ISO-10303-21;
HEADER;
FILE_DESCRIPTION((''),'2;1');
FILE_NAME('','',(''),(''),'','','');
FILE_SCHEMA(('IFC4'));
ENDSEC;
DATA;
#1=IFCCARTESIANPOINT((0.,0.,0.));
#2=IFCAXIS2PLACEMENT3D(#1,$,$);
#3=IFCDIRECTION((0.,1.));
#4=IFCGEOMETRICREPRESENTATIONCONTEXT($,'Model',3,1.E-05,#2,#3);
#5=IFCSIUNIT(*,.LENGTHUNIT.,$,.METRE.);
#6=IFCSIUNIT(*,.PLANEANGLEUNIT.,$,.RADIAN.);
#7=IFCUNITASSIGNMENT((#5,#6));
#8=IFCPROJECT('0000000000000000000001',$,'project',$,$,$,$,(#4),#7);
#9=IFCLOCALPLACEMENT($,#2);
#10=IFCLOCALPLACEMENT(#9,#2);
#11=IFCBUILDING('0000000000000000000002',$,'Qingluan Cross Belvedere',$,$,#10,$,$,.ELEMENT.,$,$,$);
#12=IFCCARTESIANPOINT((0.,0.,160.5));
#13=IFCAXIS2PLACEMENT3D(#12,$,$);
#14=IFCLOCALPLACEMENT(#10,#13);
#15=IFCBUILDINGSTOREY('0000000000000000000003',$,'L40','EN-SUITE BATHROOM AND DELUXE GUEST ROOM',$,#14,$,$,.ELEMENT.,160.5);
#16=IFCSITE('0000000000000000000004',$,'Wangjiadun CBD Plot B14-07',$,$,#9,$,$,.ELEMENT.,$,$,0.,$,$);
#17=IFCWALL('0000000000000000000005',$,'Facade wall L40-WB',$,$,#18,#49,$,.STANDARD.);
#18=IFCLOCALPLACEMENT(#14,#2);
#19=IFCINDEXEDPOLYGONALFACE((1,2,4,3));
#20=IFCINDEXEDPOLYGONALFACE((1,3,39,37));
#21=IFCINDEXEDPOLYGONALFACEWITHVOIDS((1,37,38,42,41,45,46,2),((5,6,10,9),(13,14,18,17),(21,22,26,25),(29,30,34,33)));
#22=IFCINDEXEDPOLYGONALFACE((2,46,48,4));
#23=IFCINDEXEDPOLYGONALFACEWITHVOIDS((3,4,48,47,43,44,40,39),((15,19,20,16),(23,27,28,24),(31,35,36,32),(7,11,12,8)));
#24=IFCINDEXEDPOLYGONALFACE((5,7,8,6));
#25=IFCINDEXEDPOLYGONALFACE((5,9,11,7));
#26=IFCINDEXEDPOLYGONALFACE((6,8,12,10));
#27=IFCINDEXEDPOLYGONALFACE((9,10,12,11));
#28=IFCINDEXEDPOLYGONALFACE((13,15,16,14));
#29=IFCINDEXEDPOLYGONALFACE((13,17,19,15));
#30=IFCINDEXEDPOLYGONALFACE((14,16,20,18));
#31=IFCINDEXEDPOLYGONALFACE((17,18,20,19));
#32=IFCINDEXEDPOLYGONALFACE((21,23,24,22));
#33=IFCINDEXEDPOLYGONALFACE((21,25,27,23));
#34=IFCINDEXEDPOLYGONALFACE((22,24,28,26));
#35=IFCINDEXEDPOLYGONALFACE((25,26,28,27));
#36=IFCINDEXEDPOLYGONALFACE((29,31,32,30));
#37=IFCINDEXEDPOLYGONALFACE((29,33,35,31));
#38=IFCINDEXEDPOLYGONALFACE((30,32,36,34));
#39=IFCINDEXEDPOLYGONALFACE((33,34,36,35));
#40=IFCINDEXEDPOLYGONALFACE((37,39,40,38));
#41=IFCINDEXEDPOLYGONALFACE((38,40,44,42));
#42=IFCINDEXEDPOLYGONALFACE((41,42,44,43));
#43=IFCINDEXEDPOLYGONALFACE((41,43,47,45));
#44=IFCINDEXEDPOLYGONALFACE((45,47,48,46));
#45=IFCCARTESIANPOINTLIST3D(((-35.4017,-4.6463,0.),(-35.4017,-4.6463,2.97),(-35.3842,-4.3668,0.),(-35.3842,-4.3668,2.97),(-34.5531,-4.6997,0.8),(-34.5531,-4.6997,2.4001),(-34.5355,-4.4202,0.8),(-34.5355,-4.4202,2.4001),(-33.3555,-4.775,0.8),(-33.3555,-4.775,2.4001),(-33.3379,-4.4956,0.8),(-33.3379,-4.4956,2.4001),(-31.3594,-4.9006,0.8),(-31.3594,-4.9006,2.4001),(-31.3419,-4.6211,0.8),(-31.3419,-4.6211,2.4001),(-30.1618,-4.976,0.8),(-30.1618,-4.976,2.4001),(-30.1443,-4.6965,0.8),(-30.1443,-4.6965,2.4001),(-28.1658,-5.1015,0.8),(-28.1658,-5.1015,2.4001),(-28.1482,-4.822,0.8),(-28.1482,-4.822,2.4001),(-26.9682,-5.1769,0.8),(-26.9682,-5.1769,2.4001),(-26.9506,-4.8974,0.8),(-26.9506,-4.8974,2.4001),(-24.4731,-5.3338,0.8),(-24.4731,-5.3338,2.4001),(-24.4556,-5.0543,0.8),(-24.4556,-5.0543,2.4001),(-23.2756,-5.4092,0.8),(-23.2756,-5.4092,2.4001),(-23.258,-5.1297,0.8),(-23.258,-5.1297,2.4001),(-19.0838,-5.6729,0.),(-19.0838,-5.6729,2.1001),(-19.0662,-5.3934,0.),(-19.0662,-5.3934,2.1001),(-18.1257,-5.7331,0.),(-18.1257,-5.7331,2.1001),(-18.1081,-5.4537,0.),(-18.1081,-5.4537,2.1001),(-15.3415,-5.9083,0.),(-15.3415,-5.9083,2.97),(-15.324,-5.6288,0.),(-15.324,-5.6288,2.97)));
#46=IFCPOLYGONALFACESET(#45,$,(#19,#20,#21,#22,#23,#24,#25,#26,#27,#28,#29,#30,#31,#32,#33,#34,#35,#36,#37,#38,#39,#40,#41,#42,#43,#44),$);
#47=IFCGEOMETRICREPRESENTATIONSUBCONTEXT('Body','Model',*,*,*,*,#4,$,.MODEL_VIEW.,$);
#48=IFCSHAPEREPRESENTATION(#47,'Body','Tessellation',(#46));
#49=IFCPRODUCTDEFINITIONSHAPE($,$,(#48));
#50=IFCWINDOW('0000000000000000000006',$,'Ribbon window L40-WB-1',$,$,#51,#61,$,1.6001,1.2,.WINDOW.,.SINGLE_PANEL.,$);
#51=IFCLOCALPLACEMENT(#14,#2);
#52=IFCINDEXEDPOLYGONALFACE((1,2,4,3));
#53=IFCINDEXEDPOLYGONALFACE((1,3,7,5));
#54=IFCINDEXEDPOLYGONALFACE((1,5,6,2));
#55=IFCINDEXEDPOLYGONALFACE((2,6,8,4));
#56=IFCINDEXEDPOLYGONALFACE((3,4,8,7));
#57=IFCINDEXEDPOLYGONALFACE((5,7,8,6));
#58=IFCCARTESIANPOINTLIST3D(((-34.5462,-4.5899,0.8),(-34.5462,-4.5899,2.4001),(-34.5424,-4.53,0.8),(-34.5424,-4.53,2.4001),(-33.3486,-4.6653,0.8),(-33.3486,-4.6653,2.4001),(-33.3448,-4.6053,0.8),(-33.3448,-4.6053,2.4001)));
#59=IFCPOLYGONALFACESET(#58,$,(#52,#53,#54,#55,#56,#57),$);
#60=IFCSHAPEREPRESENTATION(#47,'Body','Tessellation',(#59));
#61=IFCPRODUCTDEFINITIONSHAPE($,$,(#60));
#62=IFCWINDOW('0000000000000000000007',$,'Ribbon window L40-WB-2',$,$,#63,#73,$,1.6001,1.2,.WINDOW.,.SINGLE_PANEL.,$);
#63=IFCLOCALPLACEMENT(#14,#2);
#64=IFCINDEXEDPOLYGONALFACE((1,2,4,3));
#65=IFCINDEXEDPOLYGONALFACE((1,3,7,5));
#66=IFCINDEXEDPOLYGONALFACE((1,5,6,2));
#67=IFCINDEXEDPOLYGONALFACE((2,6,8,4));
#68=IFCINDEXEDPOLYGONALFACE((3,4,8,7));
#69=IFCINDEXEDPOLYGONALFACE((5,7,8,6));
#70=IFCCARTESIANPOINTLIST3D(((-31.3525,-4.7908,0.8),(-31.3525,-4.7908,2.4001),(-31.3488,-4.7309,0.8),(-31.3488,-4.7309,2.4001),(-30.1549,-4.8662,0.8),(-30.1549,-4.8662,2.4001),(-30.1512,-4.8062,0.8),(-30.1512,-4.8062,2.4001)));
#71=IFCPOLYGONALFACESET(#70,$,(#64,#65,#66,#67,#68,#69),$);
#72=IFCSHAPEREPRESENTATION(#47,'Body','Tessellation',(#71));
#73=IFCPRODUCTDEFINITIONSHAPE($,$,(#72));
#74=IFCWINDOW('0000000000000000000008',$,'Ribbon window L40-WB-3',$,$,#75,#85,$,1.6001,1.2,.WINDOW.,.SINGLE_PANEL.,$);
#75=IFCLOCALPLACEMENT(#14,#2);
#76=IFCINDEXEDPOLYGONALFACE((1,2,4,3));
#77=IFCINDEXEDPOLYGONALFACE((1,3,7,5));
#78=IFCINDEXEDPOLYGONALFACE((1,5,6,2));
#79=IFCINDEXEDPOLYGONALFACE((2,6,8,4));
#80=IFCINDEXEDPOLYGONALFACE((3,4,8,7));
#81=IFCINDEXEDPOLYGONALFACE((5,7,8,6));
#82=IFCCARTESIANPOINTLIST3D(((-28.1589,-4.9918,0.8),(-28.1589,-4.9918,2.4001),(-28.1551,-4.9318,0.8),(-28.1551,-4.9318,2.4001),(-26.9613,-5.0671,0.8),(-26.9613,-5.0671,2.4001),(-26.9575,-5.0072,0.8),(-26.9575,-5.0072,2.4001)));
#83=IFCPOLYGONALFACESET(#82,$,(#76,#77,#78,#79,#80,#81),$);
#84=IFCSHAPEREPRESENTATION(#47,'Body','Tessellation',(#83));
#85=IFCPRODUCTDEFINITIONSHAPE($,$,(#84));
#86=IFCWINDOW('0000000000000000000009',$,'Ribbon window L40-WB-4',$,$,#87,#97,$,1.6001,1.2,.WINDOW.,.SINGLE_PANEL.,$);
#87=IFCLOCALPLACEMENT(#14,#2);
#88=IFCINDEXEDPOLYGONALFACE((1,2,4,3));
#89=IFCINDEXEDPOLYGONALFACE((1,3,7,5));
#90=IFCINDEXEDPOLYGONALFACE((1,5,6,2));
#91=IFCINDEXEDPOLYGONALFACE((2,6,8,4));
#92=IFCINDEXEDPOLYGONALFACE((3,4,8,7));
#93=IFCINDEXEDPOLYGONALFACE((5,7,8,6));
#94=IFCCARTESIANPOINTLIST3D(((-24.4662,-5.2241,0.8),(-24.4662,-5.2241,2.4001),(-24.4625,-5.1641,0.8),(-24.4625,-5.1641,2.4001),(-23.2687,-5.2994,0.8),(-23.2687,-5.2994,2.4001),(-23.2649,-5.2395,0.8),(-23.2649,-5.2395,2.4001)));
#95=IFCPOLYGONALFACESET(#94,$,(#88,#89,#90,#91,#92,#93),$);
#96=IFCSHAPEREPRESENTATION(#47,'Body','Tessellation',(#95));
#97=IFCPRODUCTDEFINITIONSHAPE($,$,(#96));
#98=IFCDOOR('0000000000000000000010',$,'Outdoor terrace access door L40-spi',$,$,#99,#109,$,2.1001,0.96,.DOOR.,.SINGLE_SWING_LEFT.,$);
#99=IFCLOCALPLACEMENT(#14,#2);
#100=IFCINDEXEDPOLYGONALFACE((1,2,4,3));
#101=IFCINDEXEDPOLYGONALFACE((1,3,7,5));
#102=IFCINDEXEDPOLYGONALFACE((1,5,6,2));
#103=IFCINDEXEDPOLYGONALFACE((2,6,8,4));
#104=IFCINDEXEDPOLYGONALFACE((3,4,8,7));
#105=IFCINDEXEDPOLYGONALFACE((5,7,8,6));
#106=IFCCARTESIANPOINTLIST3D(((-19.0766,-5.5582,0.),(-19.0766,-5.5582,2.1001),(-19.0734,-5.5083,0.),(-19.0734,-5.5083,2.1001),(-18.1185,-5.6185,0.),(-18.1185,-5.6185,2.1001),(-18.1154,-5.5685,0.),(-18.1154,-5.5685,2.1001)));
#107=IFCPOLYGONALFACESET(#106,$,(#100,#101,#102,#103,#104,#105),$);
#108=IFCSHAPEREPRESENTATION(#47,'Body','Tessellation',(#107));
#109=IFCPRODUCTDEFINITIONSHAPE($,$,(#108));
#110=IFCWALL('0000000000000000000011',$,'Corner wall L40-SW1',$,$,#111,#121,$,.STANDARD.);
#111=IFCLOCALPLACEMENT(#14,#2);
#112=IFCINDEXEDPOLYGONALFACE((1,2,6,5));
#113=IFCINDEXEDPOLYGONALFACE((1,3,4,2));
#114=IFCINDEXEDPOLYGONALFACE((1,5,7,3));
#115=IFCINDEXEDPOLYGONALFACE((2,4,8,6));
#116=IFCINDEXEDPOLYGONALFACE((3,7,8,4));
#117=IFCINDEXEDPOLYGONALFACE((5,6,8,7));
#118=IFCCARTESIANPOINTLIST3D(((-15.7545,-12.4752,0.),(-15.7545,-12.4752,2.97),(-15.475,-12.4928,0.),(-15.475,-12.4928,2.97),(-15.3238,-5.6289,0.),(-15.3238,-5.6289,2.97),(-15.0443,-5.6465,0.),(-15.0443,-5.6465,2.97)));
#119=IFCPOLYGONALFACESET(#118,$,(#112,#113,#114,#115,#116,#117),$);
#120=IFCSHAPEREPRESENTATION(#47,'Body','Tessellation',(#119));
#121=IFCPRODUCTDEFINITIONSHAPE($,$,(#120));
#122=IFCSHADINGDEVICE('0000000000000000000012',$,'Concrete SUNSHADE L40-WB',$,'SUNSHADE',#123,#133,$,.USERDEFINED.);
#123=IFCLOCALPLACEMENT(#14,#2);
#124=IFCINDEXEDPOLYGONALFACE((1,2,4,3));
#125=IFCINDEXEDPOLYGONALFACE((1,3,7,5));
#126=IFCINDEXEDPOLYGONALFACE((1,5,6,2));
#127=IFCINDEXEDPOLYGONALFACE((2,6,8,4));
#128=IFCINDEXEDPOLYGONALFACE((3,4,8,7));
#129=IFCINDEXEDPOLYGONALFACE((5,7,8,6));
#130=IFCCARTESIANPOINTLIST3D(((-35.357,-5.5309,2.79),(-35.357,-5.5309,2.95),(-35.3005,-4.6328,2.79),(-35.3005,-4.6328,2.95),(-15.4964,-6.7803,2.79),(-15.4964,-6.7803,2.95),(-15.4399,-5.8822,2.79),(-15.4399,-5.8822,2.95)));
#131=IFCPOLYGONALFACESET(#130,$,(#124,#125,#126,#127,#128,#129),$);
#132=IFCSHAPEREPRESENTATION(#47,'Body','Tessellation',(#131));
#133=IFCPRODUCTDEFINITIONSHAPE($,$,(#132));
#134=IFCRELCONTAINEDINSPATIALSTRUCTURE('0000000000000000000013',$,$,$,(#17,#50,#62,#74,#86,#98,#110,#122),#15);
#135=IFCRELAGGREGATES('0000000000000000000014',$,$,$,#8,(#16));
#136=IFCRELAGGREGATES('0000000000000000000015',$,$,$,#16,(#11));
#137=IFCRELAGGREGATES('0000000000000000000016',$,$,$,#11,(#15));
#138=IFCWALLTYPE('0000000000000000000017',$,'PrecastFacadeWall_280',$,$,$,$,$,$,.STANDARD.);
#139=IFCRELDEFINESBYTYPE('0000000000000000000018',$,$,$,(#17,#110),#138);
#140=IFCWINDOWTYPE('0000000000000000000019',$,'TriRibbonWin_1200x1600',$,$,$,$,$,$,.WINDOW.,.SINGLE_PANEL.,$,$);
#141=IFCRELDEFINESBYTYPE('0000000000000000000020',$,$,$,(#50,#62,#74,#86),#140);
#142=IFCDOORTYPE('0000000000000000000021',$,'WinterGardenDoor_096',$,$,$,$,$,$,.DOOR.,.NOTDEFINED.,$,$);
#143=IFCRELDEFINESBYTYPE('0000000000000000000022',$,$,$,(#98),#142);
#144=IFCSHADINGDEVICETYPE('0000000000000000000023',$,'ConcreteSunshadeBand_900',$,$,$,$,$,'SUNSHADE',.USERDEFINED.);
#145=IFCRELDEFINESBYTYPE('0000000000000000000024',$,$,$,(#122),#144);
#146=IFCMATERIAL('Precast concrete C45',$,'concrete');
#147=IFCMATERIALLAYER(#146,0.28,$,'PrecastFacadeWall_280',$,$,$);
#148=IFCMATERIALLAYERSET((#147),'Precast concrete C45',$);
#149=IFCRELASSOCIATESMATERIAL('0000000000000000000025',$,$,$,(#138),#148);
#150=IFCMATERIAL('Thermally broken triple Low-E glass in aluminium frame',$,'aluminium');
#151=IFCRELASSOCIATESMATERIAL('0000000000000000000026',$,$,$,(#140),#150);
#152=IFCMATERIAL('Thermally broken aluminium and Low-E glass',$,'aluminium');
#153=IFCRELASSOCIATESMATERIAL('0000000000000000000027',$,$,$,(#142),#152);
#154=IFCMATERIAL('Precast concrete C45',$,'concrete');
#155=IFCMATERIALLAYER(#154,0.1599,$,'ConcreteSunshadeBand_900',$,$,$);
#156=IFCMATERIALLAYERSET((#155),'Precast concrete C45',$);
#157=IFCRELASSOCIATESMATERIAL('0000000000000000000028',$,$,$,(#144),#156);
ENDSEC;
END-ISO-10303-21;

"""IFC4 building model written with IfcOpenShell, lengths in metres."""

from ifc_helpers import new_model, si_unit, direction, frame, frame_2d, origin, origin_2d, place, context, subcontext, project, spatial, rectangle, extrude, material, layer, layer_set, type_object, element, fill, save


model = new_model("IFC4")

# Units and contexts
model_context = context("Model", 3, precision=1e-05, world=origin(), true_north=direction((0.0, 1.0)))
body_context = subcontext(model_context, "Body", "Model", "MODEL_VIEW")
ifc_project = project(units=[si_unit("LENGTHUNIT", "METRE"), si_unit("PLANEANGLEUNIT", "RADIAN")], contexts=[model_context])

# Site, building, storey
site_placement = place(None, origin())
site = spatial("IfcSite", under=ifc_project, at=site_placement, Name="Wangjiadun CBD Plot B14-07", CompositionType="ELEMENT", RefElevation=0.0)
building_placement = place(site_placement, origin())
building = spatial("IfcBuilding", under=site, at=building_placement, Name="Qingluan Cross Belvedere", CompositionType="ELEMENT")
storey_placement = place(building_placement, frame((0.0, 0.0, 160.5)))
storey = spatial("IfcBuildingStorey", under=building, at=storey_placement, Name="L40", Description="EN-SUITE BATHROOM AND DELUXE GUEST ROOM", CompositionType="ELEMENT", Elevation=160.5)

# Wall, openings, windows, door
ifc_material_1 = material(Name="Precast concrete C45", Category="concrete")
ifc_layer_1 = layer(ifc_material_1, 0.28, Name="PrecastFacadeWall_280")
ifc_layer_set_1 = layer_set([ifc_layer_1], Name="Precast concrete C45")
wall_type_1 = type_object("IfcWallType", Name="PrecastFacadeWall_280", PredefinedType="STANDARD", material=ifc_layer_set_1)
wall_1_placement = place(storey_placement, frame((-35.3928, -4.5066, 0.0), z_axis=(0.0, 0.0, 1.0), x_axis=(0.998027, -0.062784, 0.0)))
wall_1 = element("IfcWall", 1, at=wall_1_placement, inside=storey, type_object=wall_type_1, Name="Facade wall L40-WB", PredefinedType="STANDARD", context=body_context, shape_type="SweptSolid", body=[
    extrude(rectangle(XDim=20.0999, YDim=0.28, at=frame_2d((10.0498, 0.0))), origin(), (0.0, 0.0, 1.0), 2.97),
])
opening_1_placement = place(wall_1_placement, frame((0.8501, 0.0, 0.8)))
opening_1 = element("IfcOpeningElement", 2, at=opening_1_placement, cuts=wall_1, PredefinedType="OPENING", context=body_context, shape_type="SweptSolid", body=[
    extrude(rectangle(XDim=1.2, YDim=1.6001, at=frame_2d((0.6001, 0.8))), frame((0.0, 0.1499, 0.0), z_axis=(0.0, -1.0, 0.0), x_axis=(1.0, 0.0, 0.0)), (0.0, 0.0, 1.0), 0.3),
])
opening_2_placement = place(wall_1_placement, frame((4.05, 0.0, 0.8)))
opening_2 = element("IfcOpeningElement", 3, at=opening_2_placement, cuts=wall_1, PredefinedType="OPENING", context=body_context, shape_type="SweptSolid", body=[
    extrude(rectangle(XDim=1.2, YDim=1.6001, at=frame_2d((0.6001, 0.8))), frame((0.0, 0.1499, 0.0), z_axis=(0.0, -1.0, 0.0), x_axis=(1.0, 0.0, 0.0)), (0.0, 0.0, 1.0), 0.3),
])
opening_3_placement = place(wall_1_placement, frame((7.25, 0.0, 0.8)))
opening_3 = element("IfcOpeningElement", 4, at=opening_3_placement, cuts=wall_1, PredefinedType="OPENING", context=body_context, shape_type="SweptSolid", body=[
    extrude(rectangle(XDim=1.2, YDim=1.6001, at=frame_2d((0.6001, 0.8))), frame((0.0, 0.1499, 0.0), z_axis=(0.0, -1.0, 0.0), x_axis=(1.0, 0.0, 0.0)), (0.0, 0.0, 1.0), 0.3),
])
opening_4_placement = place(wall_1_placement, frame((10.95, 0.0, 0.8)))
opening_4 = element("IfcOpeningElement", 5, at=opening_4_placement, cuts=wall_1, PredefinedType="OPENING", context=body_context, shape_type="SweptSolid", body=[
    extrude(rectangle(XDim=1.2, YDim=1.6001, at=frame_2d((0.6001, 0.8))), frame((0.0, 0.1499, 0.0), z_axis=(0.0, -1.0, 0.0), x_axis=(1.0, 0.0, 0.0)), (0.0, 0.0, 1.0), 0.3),
])
opening_5_placement = place(wall_1_placement, frame((16.3501, 0.0, 0.0)))
opening_5 = element("IfcOpeningElement", 6, at=opening_5_placement, cuts=wall_1, PredefinedType="OPENING", context=body_context, shape_type="SweptSolid", body=[
    extrude(rectangle(XDim=0.96, YDim=2.1001, at=frame_2d((0.48, 1.05))), frame((0.0, 0.1499, 0.0), z_axis=(0.0, -1.0, 0.0), x_axis=(1.0, 0.0, 0.0)), (0.0, 0.0, 1.0), 0.3),
])
ifc_material_2 = material(Name="Thermally broken triple Low-E glass in aluminium frame", Category="aluminium")
window_type = type_object("IfcWindowType", Name="TriRibbonWin_1200x1600", PartitioningType="SINGLE_PANEL", PredefinedType="WINDOW", material=ifc_material_2)
window_1_placement = place(opening_1_placement, origin())
window_1 = element("IfcWindow", 7, at=window_1_placement, inside=storey, type_object=window_type, Name="Ribbon window L40-WB-1", OverallHeight=1.6001, OverallWidth=1.2, PartitioningType="SINGLE_PANEL", PredefinedType="WINDOW", context=body_context, shape_type="SweptSolid", body=[
    extrude(rectangle(XDim=1.2, YDim=1.6001, at=frame_2d((0.6001, 0.8))), frame((0.0, 0.03, 0.0), z_axis=(0.0, -1.0, 0.0), x_axis=(1.0, 0.0, 0.0)), (0.0, 0.0, 1.0), 0.0601),
])
fill(opening_1, window_1)
window_2_placement = place(opening_2_placement, origin())
window_2 = element("IfcWindow", 8, at=window_2_placement, inside=storey, type_object=window_type, Name="Ribbon window L40-WB-2", OverallHeight=1.6001, OverallWidth=1.2, PartitioningType="SINGLE_PANEL", PredefinedType="WINDOW", context=body_context, shape_type="SweptSolid", body=[
    extrude(rectangle(XDim=1.2, YDim=1.6001, at=frame_2d((0.6001, 0.8))), frame((0.0, 0.03, 0.0), z_axis=(0.0, -1.0, 0.0), x_axis=(1.0, 0.0, 0.0)), (0.0, 0.0, 1.0), 0.0601),
])
fill(opening_2, window_2)
window_3_placement = place(opening_3_placement, origin())
window_3 = element("IfcWindow", 9, at=window_3_placement, inside=storey, type_object=window_type, Name="Ribbon window L40-WB-3", OverallHeight=1.6001, OverallWidth=1.2, PartitioningType="SINGLE_PANEL", PredefinedType="WINDOW", context=body_context, shape_type="SweptSolid", body=[
    extrude(rectangle(XDim=1.2, YDim=1.6001, at=frame_2d((0.6001, 0.8))), frame((0.0, 0.03, 0.0), z_axis=(0.0, -1.0, 0.0), x_axis=(1.0, 0.0, 0.0)), (0.0, 0.0, 1.0), 0.0601),
])
fill(opening_3, window_3)
window_4_placement = place(opening_4_placement, origin())
window_4 = element("IfcWindow", 10, at=window_4_placement, inside=storey, type_object=window_type, Name="Ribbon window L40-WB-4", OverallHeight=1.6001, OverallWidth=1.2, PartitioningType="SINGLE_PANEL", PredefinedType="WINDOW", context=body_context, shape_type="SweptSolid", body=[
    extrude(rectangle(XDim=1.2, YDim=1.6001, at=frame_2d((0.6001, 0.8))), frame((0.0, 0.03, 0.0), z_axis=(0.0, -1.0, 0.0), x_axis=(1.0, 0.0, 0.0)), (0.0, 0.0, 1.0), 0.0601),
])
fill(opening_4, window_4)
ifc_material_3 = material(Name="Thermally broken aluminium and Low-E glass", Category="aluminium")
door_type_1 = type_object("IfcDoorType", Name="WinterGardenDoor_096", OperationType="NOTDEFINED", PredefinedType="DOOR", material=ifc_material_3)
door_1_placement = place(opening_5_placement, origin())
door_1 = element("IfcDoor", 11, at=door_1_placement, inside=storey, type_object=door_type_1, Name="Outdoor terrace access door L40-spi", OperationType="SINGLE_SWING_LEFT", OverallHeight=2.1001, OverallWidth=0.96, PredefinedType="DOOR", context=body_context, shape_type="SweptSolid", body=[
    extrude(rectangle(XDim=0.96, YDim=2.1001, at=frame_2d((0.48, 1.05))), frame((0.0, 0.0249, 0.0), z_axis=(0.0, -1.0, 0.0), x_axis=(1.0, 0.0, 0.0)), (0.0, 0.0, 1.0), 0.05),
])
fill(opening_5, door_1)

# Wall
wall_2_placement = place(storey_placement, frame((-15.1841, -5.6377, 0.0), z_axis=(0.0, 0.0, 1.0), x_axis=(-0.062779, -0.998027, 0.0)))
element("IfcWall", 12, at=wall_2_placement, inside=storey, type_object=wall_type_1, Name="Corner wall L40-SW1", PredefinedType="STANDARD", context=body_context, shape_type="SweptSolid", body=[
    extrude(rectangle(XDim=6.8599, YDim=0.28, at=frame_2d((3.4299, 0.0))), origin(), (0.0, 0.0, 1.0), 2.97),
])

# Shading device
ifc_material_4 = material(Name="Precast concrete C45", Category="concrete")
ifc_layer_2 = layer(ifc_material_4, 0.1599, Name="ConcreteSunshadeBand_900")
ifc_layer_set_2 = layer_set([ifc_layer_2], Name="Precast concrete C45")
shading_device_type = type_object("IfcShadingDeviceType", Name="ConcreteSunshadeBand_900", ElementType="SUNSHADE", PredefinedType="USERDEFINED", material=ifc_layer_set_2)
shading_device_placement = place(storey_placement, frame((-25.3984, -5.7065, 2.79), z_axis=(0.0, 0.0, 1.0), x_axis=(0.998027, -0.062786, 0.0)))
element("IfcShadingDevice", 13, at=shading_device_placement, inside=storey, type_object=shading_device_type, Name="Concrete SUNSHADE L40-WB", ObjectType="SUNSHADE", PredefinedType="USERDEFINED", context=body_context, shape_type="SweptSolid", body=[
    extrude(rectangle(XDim=19.8999, YDim=0.8999, at=origin_2d()), origin(), (0.0, 0.0, 1.0), 0.1599),
])

save(model, "model.ifc")
